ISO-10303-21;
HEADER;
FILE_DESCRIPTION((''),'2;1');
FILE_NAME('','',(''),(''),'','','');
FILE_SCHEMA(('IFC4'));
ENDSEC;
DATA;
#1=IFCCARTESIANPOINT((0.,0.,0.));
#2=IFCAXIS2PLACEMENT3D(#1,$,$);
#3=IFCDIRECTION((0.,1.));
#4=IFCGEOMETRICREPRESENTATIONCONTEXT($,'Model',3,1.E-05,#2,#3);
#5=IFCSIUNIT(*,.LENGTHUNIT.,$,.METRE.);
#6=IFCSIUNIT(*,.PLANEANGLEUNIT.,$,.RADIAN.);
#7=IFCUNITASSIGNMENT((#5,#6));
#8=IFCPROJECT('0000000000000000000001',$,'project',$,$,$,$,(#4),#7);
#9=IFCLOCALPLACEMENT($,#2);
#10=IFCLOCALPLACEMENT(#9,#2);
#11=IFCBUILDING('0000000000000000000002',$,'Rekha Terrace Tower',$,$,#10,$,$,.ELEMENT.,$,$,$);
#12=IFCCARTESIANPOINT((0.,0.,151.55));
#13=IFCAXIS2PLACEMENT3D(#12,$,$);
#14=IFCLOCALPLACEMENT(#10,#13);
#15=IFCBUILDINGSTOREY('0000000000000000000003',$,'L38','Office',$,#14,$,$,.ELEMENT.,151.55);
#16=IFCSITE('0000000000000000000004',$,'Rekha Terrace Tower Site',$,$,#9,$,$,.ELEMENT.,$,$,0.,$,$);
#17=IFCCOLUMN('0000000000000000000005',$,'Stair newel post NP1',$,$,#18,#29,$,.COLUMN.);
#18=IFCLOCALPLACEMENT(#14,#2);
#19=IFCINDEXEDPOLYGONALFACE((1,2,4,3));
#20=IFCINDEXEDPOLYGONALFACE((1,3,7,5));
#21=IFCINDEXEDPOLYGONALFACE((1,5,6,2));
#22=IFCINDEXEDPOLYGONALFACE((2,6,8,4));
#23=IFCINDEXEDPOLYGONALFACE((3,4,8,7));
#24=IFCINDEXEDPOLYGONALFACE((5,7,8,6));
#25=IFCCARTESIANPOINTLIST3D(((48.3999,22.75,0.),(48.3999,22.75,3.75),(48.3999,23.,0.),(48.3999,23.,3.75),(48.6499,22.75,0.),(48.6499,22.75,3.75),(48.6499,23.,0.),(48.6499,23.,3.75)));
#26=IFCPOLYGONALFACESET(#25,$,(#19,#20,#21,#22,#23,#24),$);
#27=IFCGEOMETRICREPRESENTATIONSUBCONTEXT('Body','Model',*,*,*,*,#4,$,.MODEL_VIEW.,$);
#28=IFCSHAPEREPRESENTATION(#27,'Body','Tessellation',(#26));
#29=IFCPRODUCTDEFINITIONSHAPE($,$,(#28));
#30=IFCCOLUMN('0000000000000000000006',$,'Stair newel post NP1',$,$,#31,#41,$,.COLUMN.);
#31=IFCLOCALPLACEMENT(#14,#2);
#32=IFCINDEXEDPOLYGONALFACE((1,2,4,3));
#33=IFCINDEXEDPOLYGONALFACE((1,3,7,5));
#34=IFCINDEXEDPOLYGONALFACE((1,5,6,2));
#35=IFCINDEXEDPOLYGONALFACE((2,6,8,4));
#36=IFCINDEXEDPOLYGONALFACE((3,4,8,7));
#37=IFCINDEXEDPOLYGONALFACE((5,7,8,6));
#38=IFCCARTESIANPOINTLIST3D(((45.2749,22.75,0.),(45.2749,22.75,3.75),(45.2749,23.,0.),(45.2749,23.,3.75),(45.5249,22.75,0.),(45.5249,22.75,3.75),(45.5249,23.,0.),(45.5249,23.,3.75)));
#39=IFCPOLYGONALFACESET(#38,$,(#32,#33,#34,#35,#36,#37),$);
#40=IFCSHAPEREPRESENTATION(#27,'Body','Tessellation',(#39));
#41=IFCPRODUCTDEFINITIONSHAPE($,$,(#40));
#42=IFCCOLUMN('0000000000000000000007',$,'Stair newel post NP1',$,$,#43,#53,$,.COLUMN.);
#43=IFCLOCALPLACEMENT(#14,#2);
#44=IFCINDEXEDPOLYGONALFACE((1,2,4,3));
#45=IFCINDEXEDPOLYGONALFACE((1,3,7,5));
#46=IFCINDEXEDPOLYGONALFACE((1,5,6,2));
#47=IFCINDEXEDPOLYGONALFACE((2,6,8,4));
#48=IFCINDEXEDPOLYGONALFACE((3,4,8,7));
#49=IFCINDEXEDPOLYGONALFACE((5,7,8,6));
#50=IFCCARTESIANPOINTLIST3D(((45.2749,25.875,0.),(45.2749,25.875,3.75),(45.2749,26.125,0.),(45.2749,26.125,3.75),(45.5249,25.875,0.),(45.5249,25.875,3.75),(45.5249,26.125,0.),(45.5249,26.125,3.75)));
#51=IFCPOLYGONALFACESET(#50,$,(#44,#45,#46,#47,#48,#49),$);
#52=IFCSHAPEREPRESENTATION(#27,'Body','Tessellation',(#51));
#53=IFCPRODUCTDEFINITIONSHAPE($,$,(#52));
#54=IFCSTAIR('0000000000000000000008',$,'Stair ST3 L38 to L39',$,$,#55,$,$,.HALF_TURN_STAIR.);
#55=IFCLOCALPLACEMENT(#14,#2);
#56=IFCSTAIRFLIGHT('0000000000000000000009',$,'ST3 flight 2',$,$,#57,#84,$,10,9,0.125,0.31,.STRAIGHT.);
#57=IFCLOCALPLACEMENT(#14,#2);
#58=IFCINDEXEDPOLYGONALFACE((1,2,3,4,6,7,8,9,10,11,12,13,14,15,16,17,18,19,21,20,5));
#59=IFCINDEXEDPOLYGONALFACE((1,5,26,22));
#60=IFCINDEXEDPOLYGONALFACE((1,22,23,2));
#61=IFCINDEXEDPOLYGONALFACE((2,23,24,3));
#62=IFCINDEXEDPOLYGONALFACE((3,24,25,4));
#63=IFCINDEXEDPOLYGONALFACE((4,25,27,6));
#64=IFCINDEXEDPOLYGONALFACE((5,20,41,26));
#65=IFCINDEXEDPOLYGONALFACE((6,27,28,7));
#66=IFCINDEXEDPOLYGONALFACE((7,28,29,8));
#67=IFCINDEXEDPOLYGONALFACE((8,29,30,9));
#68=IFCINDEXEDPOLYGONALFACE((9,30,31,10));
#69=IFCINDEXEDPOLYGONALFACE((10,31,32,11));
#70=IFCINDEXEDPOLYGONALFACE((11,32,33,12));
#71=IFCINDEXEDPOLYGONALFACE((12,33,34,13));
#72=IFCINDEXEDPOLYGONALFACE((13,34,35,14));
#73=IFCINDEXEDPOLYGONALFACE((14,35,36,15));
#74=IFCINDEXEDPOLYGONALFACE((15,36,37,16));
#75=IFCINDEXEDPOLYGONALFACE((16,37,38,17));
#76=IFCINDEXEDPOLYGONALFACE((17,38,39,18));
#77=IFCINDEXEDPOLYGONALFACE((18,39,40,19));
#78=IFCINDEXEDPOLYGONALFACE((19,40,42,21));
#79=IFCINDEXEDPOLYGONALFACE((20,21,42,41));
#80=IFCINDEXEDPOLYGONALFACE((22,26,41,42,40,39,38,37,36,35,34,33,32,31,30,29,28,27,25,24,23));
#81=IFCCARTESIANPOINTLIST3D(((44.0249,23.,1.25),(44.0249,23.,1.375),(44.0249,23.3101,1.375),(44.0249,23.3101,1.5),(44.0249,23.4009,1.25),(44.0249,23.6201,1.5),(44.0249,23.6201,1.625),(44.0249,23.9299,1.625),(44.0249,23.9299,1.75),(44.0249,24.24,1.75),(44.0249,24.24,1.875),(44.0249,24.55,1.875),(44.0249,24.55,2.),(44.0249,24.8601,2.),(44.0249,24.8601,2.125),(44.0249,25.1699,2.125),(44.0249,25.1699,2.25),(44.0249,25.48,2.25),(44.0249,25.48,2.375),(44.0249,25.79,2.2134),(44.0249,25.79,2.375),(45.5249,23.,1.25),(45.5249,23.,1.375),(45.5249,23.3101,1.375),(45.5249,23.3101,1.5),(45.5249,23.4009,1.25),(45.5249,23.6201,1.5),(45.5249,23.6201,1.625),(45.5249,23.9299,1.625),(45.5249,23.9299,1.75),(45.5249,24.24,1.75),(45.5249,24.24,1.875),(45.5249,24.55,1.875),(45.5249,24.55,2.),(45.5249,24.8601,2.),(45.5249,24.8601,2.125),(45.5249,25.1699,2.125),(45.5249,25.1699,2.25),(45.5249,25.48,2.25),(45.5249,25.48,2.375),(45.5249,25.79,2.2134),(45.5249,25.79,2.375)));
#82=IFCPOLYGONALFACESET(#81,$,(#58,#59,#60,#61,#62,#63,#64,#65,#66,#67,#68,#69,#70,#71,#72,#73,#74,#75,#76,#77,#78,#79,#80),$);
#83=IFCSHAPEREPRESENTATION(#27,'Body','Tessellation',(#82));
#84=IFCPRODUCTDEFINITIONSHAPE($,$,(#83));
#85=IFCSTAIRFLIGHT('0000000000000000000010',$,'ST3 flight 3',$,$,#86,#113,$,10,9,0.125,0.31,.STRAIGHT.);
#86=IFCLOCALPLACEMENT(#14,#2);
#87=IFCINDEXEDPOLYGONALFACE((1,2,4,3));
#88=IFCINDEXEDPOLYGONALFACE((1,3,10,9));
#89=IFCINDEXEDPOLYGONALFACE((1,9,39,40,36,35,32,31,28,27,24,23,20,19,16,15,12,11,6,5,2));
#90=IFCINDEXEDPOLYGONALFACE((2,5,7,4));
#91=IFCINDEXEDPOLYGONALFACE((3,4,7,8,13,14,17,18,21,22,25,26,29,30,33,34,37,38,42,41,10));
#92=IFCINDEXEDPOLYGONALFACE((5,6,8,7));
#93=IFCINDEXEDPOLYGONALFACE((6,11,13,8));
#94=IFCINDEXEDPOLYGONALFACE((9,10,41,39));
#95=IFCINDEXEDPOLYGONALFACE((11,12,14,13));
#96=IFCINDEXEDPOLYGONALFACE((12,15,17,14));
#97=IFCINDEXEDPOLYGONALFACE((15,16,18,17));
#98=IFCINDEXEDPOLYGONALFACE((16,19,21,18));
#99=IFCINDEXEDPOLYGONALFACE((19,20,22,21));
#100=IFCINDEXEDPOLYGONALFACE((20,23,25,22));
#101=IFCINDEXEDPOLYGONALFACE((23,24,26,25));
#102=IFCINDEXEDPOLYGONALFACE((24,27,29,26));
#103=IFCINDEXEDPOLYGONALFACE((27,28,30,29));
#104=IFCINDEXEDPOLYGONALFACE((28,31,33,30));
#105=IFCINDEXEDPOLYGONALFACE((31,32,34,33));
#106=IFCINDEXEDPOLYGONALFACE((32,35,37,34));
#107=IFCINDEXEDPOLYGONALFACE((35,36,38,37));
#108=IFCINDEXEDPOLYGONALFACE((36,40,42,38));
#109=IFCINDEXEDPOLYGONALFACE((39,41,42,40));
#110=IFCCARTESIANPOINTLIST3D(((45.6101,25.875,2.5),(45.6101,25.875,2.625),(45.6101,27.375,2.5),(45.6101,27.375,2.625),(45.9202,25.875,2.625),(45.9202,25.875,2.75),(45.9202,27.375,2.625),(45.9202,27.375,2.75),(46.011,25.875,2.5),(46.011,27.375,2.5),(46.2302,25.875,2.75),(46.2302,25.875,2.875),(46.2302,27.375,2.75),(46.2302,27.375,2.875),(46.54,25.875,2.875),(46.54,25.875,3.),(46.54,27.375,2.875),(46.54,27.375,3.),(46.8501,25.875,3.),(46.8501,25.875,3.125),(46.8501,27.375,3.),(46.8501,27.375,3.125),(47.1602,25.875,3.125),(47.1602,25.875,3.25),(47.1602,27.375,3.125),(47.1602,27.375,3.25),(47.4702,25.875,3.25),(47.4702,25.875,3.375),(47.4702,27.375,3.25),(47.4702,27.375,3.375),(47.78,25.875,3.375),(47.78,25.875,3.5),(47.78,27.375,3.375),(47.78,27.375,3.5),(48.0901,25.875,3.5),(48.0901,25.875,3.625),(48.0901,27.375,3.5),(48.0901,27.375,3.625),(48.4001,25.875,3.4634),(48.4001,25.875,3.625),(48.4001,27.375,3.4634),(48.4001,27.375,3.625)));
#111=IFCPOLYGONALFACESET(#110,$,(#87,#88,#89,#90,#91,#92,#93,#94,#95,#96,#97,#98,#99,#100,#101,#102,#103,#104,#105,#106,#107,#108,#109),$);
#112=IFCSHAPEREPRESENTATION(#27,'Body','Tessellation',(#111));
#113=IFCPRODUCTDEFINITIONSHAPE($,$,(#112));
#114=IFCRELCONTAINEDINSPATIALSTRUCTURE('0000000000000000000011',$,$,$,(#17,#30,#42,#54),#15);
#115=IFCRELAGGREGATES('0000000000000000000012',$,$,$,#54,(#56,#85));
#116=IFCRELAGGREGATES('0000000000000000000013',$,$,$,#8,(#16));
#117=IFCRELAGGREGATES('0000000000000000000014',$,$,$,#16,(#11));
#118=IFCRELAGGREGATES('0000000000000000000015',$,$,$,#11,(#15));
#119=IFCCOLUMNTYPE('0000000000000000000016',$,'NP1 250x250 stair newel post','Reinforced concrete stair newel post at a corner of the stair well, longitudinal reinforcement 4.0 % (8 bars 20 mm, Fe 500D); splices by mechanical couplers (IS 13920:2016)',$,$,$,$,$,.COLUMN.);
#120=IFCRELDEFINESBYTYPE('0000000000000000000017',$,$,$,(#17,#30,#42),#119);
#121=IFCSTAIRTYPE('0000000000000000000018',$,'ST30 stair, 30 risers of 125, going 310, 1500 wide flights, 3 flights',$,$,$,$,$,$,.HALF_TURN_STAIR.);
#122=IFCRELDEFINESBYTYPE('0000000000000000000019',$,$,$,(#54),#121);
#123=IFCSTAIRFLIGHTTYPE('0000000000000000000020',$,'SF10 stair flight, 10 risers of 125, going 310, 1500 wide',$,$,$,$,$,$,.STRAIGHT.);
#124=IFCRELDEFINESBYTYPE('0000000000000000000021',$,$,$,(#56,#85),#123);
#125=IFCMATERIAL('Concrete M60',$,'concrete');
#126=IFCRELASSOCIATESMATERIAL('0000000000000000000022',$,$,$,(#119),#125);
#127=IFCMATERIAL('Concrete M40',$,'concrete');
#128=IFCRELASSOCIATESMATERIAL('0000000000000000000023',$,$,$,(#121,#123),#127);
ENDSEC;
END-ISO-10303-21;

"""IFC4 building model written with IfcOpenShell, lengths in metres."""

from ifc_helpers import new_model, si_unit, direction, frame, origin, origin_2d, place, context, subcontext, project, spatial, polyline, rectangle, outline, extrude, material, material_profile, profile_set, type_object, element, aggregate, save


model = new_model("IFC4")

# Units and contexts
model_context = context("Model", 3, precision=1e-05, world=origin(), true_north=direction((0.0, 1.0)))
body_context = subcontext(model_context, "Body", "Model", "MODEL_VIEW")
ifc_project = project(units=[si_unit("LENGTHUNIT", "METRE"), si_unit("PLANEANGLEUNIT", "RADIAN")], contexts=[model_context])

# Site, building, storey
site_placement = place(None, origin())
site = spatial("IfcSite", under=ifc_project, at=site_placement, Name="Rekha Terrace Tower Site", CompositionType="ELEMENT", RefElevation=0.0)
building_placement = place(site_placement, origin())
building = spatial("IfcBuilding", under=site, at=building_placement, Name="Rekha Terrace Tower", CompositionType="ELEMENT")
storey_placement = place(building_placement, frame((0.0, 0.0, 151.55)))
storey = spatial("IfcBuildingStorey", under=building, at=storey_placement, Name="L38", Description="Office", CompositionType="ELEMENT", Elevation=151.55)

# Columns
ifc_material_1 = material(Name="Concrete M60", Category="concrete")
ifc_material_profile = material_profile(ifc_material_1, rectangle(XDim=0.25, YDim=0.25, at=origin_2d()), Name="RC 250x250")
ifc_profile_set = profile_set([ifc_material_profile], Name="Concrete M60")
column_type = type_object("IfcColumnType", Name="NP1 250x250 stair newel post", Description="Reinforced concrete stair newel post at a corner of the stair well, longitudinal reinforcement 4.0 % (8 bars 20 mm, Fe 500D); splices by mechanical couplers (IS 13920:2016)", PredefinedType="COLUMN", material=ifc_profile_set)
for number, where, z_axis, x_axis, name in (
    (1, (48.5249, 22.875, 0.0), (0.0, 0.0, 1.0), (1.0, 0.0, 0.0), "Stair newel post NP1"),
    (2, (45.3999, 22.875, 0.0), (0.0, 0.0, 1.0), (1.0, 0.0, 0.0), "Stair newel post NP1"),
    (3, (45.3999, 26.0, 0.0), (0.0, 0.0, 1.0), (1.0, 0.0, 0.0), "Stair newel post NP1"),
):
    element("IfcColumn", number, at=place(storey_placement, frame(where, z_axis=z_axis, x_axis=x_axis)), inside=storey, type_object=column_type, Name=name, PredefinedType="COLUMN", context=body_context, shape_type="SweptSolid", body=[
        extrude(rectangle(XDim=0.25, YDim=0.25, at=origin_2d()), origin(), (0.0, 0.0, 1.0), 3.75),
    ])

# Stair, stair flights
ifc_material_2 = material(Name="Concrete M40", Category="concrete")
stair_type = type_object("IfcStairType", Name="ST30 stair, 30 risers of 125, going 310, 1500 wide flights, 3 flights", PredefinedType="HALF_TURN_STAIR", material=ifc_material_2)
stair_placement = place(storey_placement, origin())
stair = element("IfcStair", 4, at=stair_placement, inside=storey, type_object=stair_type, Name="Stair ST3 L38 to L39", PredefinedType="HALF_TURN_STAIR")
stair_flight_type = type_object("IfcStairFlightType", Name="SF10 stair flight, 10 risers of 125, going 310, 1500 wide", PredefinedType="STRAIGHT", material=ifc_material_2)
stair_flight_1_placement = place(storey_placement, frame((44.7749, 23.0, 1.25), z_axis=(0.0, 0.0, 1.0), x_axis=(0.0, 1.0, 0.0)))
stair_flight_1 = element("IfcStairFlight", 5, at=stair_flight_1_placement, type_object=stair_flight_type, Name="ST3 flight 2", NumberOfRisers=10, NumberOfTreads=9, PredefinedType="STRAIGHT", RiserHeight=0.125, TreadLength=0.31, context=body_context, shape_type="SweptSolid", body=[
    extrude(outline(polyline([(0.0, 0.0), (0.0, 0.125), (0.3101, 0.125), (0.3101, 0.25), (0.6201, 0.25), (0.6201, 0.375), (0.9299, 0.375), (0.9299, 0.5), (1.24, 0.5), (1.24, 0.625), (1.55, 0.625), (1.55, 0.75), (1.8601, 0.75), (1.8601, 0.875), (2.1699, 0.875), (2.1699, 1.0), (2.48, 1.0), (2.48, 1.125), (2.79, 1.125), (2.79, 1.25), (2.79, 0.9634), (0.4009, 0.0), (0.0, 0.0)])), frame((0.0, 0.75, 0.0), z_axis=(0.0, -1.0, 0.0), x_axis=(1.0, 0.0, 0.0)), (0.0, 0.0, 1.0), 1.5),
])
stair_flight_2_placement = place(storey_placement, frame((45.6101, 26.625, 2.5), z_axis=(0.0, 0.0, 1.0), x_axis=(1.0, 0.0, 0.0)))
stair_flight_2 = element("IfcStairFlight", 6, at=stair_flight_2_placement, type_object=stair_flight_type, Name="ST3 flight 3", NumberOfRisers=10, NumberOfTreads=9, PredefinedType="STRAIGHT", RiserHeight=0.125, TreadLength=0.31, context=body_context, shape_type="SweptSolid", body=[
    extrude(outline(polyline([(0.0, 0.0), (0.0, 0.125), (0.3101, 0.125), (0.3101, 0.25), (0.6201, 0.25), (0.6201, 0.375), (0.9299, 0.375), (0.9299, 0.5), (1.24, 0.5), (1.24, 0.625), (1.55, 0.625), (1.55, 0.75), (1.8601, 0.75), (1.8601, 0.875), (2.1699, 0.875), (2.1699, 1.0), (2.48, 1.0), (2.48, 1.125), (2.79, 1.125), (2.79, 1.25), (2.79, 0.9634), (0.4009, 0.0), (0.0, 0.0)])), frame((0.0, 0.75, 0.0), z_axis=(0.0, -1.0, 0.0), x_axis=(1.0, 0.0, 0.0)), (0.0, 0.0, 1.0), 1.5),
])
aggregate(stair, [stair_flight_1, stair_flight_2])

save(model, "model.ifc")
